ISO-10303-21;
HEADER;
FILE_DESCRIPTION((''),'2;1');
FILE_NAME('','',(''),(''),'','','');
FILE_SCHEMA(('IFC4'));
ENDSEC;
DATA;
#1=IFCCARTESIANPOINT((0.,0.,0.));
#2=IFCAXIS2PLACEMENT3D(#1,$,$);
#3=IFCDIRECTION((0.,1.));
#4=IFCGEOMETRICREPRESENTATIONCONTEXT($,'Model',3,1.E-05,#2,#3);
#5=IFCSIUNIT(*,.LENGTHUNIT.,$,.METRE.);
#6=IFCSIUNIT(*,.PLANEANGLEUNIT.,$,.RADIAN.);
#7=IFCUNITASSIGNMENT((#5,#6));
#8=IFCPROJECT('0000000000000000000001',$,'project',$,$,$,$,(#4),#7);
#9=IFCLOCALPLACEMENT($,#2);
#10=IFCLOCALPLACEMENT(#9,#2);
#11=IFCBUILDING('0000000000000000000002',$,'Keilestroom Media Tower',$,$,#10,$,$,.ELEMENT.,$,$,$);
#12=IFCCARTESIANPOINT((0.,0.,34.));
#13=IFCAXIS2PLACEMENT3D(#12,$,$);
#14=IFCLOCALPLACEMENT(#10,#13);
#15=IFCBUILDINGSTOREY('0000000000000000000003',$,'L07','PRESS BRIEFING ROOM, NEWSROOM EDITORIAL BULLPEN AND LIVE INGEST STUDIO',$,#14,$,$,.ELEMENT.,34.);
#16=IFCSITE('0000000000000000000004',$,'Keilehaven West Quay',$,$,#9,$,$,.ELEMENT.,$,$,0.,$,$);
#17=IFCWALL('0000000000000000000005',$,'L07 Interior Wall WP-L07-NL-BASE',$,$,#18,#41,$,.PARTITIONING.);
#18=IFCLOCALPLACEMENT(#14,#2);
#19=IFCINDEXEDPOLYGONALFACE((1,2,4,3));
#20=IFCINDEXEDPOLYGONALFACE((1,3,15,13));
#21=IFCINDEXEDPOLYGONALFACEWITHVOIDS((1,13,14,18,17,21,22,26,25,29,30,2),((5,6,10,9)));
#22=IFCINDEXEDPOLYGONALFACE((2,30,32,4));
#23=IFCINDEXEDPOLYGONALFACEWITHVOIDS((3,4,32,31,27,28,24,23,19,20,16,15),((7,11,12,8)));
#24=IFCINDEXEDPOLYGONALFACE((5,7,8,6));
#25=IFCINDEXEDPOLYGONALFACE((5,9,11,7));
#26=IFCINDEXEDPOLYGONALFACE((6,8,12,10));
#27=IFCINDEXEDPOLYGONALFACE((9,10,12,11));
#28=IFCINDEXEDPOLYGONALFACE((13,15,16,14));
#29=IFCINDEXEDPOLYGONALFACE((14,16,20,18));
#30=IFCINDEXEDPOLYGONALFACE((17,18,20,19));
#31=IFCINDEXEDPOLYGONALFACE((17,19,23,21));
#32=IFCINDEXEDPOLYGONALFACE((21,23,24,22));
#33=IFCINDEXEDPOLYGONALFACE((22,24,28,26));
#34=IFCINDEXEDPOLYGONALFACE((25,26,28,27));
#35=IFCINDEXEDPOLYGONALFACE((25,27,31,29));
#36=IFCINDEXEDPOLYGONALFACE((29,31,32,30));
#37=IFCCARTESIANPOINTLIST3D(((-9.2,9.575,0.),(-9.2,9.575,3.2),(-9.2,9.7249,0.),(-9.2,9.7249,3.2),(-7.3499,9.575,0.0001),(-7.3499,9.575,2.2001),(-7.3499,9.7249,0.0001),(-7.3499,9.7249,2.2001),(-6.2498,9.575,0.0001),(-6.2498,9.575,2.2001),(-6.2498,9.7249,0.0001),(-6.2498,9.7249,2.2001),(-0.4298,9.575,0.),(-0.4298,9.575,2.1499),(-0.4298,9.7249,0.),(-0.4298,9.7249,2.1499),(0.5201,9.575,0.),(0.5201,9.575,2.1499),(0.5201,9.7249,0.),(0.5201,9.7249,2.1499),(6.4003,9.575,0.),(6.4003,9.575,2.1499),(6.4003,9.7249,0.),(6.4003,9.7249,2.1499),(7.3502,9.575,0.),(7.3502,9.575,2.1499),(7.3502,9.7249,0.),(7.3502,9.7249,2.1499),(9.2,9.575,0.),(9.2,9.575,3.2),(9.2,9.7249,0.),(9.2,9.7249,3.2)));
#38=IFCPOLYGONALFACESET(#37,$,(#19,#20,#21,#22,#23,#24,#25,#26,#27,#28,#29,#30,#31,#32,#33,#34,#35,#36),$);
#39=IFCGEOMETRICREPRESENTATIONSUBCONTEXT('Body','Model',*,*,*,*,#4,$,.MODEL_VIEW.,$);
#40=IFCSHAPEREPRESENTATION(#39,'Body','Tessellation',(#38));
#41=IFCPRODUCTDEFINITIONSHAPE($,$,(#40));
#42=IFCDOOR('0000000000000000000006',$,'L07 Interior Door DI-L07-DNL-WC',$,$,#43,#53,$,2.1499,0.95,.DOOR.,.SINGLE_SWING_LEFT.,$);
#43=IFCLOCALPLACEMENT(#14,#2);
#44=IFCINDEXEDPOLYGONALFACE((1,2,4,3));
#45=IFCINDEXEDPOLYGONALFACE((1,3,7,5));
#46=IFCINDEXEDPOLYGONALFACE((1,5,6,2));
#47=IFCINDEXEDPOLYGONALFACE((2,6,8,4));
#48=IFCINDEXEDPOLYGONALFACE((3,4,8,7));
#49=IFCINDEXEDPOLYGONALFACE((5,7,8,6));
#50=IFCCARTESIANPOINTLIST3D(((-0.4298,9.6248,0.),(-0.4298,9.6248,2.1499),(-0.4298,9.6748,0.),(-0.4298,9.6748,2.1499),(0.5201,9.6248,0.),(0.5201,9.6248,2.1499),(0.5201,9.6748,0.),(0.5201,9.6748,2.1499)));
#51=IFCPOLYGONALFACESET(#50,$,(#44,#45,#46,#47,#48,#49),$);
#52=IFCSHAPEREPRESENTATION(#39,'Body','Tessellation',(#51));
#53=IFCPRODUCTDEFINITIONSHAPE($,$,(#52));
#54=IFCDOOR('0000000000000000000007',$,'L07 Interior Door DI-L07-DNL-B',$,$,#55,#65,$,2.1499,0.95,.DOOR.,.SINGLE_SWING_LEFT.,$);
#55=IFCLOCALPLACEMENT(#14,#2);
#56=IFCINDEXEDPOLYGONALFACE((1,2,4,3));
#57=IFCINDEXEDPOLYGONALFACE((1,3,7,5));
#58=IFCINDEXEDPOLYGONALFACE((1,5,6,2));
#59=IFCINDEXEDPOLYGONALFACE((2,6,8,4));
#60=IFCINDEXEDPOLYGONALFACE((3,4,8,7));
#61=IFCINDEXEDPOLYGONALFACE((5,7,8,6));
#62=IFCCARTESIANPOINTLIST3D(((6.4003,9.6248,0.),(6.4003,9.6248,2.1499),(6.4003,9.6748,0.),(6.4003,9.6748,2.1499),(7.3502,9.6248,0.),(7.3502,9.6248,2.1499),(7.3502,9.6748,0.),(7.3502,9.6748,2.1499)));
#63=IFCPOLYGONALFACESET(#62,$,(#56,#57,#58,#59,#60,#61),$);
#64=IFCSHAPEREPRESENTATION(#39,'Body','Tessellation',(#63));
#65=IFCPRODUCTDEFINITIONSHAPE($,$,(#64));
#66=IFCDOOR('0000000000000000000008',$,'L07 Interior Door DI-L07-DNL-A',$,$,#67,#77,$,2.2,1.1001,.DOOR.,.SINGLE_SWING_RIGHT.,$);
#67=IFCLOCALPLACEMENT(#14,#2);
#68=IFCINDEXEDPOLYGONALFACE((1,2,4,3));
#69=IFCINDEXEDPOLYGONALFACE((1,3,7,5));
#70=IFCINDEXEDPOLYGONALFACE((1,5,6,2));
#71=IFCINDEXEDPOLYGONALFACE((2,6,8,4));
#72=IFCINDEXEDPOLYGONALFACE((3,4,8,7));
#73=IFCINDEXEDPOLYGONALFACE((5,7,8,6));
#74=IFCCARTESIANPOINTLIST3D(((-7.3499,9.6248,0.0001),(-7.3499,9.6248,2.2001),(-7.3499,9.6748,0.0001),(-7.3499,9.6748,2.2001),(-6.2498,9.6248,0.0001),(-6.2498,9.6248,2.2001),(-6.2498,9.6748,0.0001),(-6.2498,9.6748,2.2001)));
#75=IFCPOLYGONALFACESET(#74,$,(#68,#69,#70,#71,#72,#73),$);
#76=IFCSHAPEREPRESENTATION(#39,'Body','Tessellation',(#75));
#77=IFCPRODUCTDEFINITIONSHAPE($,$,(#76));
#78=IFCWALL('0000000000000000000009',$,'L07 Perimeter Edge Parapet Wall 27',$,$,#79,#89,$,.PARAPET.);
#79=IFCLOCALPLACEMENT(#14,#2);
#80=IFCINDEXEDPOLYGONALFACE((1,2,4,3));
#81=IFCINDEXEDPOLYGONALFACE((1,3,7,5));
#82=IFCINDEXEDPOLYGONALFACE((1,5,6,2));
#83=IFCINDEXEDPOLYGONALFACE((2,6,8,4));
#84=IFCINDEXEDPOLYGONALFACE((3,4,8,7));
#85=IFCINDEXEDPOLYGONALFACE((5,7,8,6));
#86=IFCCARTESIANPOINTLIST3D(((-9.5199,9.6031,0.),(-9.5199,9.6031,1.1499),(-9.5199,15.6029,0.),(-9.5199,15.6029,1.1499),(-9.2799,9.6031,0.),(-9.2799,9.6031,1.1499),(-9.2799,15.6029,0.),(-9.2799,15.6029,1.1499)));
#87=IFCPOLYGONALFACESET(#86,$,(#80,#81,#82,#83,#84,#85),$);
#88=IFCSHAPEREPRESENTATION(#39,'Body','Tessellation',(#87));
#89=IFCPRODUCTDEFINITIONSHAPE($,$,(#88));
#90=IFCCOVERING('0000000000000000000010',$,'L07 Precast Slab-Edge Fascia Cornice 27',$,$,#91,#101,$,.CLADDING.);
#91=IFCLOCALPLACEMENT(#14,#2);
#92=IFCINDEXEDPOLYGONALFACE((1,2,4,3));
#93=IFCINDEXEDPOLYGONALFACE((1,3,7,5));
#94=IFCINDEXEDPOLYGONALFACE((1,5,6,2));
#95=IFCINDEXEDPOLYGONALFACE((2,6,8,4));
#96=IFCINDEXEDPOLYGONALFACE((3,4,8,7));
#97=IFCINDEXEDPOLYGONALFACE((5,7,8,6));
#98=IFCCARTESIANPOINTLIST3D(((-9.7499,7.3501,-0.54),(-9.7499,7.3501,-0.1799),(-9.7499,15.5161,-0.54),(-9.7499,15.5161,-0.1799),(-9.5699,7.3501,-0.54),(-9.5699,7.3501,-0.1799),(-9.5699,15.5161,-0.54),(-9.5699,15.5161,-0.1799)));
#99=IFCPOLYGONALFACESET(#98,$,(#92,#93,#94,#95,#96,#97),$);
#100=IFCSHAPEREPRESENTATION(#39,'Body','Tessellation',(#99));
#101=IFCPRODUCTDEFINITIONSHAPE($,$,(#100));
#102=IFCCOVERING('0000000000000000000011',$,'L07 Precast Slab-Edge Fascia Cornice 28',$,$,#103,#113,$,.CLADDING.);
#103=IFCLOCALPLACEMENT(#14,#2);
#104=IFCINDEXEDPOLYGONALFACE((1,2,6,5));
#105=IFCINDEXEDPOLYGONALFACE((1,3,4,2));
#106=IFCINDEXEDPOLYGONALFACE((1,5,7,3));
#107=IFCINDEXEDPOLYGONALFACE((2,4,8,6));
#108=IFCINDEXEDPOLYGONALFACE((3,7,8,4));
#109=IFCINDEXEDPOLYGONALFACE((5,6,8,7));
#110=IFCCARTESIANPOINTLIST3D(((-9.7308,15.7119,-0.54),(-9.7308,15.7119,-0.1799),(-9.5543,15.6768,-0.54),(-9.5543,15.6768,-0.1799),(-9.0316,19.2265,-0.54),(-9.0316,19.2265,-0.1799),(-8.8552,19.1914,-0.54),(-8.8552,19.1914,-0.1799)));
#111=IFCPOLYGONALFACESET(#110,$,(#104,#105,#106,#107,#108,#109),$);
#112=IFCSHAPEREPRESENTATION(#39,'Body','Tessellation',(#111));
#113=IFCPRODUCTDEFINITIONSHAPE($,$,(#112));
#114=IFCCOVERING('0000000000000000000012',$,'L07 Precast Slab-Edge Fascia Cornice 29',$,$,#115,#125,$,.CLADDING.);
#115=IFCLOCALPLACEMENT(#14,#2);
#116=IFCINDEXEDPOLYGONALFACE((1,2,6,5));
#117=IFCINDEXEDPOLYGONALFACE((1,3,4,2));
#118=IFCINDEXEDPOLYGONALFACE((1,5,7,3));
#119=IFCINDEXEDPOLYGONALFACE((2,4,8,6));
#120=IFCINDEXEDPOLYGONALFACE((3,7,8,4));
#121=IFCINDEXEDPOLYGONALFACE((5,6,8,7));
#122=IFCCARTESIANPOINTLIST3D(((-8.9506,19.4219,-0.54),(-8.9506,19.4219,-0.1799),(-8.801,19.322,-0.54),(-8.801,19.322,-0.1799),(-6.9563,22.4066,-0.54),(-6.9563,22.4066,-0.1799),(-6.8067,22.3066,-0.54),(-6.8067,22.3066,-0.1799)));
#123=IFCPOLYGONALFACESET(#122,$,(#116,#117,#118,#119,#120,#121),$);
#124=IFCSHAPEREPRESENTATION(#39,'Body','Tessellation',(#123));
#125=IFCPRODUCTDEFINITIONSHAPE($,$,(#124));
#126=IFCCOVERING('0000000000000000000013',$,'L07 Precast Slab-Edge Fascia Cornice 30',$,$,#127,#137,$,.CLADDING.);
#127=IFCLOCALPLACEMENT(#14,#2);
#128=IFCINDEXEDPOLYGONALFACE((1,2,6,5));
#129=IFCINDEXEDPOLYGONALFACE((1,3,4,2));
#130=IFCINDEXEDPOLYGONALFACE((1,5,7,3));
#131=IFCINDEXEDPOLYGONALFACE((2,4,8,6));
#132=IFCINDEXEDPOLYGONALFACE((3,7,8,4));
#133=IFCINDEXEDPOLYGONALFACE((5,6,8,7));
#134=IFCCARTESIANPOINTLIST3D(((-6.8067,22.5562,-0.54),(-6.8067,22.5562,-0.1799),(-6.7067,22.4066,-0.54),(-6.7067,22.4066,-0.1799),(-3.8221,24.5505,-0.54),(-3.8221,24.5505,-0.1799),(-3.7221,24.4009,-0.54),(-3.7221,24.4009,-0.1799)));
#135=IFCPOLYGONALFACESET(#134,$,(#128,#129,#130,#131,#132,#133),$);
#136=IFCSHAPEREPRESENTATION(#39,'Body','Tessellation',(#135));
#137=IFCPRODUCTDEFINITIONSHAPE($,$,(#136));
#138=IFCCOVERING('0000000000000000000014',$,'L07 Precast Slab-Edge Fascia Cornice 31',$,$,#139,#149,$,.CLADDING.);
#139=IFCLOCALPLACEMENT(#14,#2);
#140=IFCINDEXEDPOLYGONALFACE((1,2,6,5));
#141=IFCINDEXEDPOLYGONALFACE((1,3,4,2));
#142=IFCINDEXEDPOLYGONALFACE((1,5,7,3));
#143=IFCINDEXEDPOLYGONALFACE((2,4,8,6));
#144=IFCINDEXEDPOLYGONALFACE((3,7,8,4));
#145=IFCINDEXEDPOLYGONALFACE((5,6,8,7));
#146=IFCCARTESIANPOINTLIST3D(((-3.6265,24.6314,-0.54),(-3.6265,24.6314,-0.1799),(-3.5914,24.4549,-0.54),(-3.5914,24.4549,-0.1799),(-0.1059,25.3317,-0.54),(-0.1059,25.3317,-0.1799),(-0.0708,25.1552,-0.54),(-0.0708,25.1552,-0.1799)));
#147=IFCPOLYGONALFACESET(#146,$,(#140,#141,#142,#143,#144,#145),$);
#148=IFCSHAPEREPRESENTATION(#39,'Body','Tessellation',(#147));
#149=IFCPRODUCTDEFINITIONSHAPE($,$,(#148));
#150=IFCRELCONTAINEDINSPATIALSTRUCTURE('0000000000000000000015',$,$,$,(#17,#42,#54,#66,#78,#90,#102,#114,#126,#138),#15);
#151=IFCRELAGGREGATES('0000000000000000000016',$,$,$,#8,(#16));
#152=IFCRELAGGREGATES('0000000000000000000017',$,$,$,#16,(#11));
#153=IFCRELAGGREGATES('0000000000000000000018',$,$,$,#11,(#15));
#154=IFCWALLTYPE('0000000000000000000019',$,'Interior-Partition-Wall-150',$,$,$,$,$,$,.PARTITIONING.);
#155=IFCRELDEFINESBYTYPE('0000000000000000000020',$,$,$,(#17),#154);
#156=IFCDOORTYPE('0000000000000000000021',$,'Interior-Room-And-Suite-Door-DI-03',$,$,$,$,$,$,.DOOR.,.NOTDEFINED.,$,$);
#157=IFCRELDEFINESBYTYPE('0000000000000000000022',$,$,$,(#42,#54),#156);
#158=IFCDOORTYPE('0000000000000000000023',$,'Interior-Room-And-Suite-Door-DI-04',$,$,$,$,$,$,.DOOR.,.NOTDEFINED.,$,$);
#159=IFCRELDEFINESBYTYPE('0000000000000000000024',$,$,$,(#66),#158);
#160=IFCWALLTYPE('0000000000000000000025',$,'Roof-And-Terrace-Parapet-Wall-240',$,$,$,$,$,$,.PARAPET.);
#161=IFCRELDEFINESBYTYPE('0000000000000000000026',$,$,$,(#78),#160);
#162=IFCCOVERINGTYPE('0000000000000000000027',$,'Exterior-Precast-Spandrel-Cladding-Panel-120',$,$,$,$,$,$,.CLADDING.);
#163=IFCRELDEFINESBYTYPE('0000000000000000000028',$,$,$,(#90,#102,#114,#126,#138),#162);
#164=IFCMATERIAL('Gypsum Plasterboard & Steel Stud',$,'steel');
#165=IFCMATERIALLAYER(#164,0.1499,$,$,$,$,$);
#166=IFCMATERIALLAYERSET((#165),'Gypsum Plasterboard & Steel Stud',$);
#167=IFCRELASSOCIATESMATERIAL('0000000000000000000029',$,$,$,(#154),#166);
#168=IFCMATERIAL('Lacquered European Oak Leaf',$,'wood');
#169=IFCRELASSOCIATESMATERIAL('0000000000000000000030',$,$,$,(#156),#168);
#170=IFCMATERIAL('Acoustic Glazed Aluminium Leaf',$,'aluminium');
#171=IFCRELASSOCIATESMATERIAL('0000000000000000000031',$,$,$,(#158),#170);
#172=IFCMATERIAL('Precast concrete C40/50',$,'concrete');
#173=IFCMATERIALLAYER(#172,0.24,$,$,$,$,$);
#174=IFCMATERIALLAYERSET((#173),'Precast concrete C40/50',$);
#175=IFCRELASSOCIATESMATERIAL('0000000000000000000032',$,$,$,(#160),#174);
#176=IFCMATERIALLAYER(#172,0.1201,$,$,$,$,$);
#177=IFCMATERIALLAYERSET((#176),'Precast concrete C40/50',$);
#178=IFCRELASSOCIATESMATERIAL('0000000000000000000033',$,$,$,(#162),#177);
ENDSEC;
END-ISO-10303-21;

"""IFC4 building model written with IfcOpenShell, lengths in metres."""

from ifc_helpers import new_model, si_unit, direction, frame, frame_2d, origin, origin_2d, place, context, subcontext, project, spatial, rectangle, extrude, source, transform, mapped, material, layer, layer_set, type_object, element, fill, save


model = new_model("IFC4")

# Units and contexts
model_context = context("Model", 3, precision=1e-05, world=origin(), true_north=direction((0.0, 1.0)))
body_context = subcontext(model_context, "Body", "Model", "MODEL_VIEW")
ifc_project = project(units=[si_unit("LENGTHUNIT", "METRE"), si_unit("PLANEANGLEUNIT", "RADIAN")], contexts=[model_context])

# Site, building, storey
site_placement = place(None, origin())
site = spatial("IfcSite", under=ifc_project, at=site_placement, Name="Keilehaven West Quay", CompositionType="ELEMENT", RefElevation=0.0)
building_placement = place(site_placement, origin())
building = spatial("IfcBuilding", under=site, at=building_placement, Name="Keilestroom Media Tower", CompositionType="ELEMENT")
storey_placement = place(building_placement, frame((0.0, 0.0, 34.0)))
storey = spatial("IfcBuildingStorey", under=building, at=storey_placement, Name="L07", Description="PRESS BRIEFING ROOM, NEWSROOM EDITORIAL BULLPEN AND LIVE INGEST STUDIO", CompositionType="ELEMENT", Elevation=34.0)

# Shared definitions
ifc_material_1 = material(Name="Precast concrete C40/50", Category="concrete")
ifc_material_2 = material(Name="Gypsum Plasterboard & Steel Stud", Category="steel")

# Wall, openings, doors
ifc_layer_1 = layer(ifc_material_2, 0.1499)
ifc_layer_set_1 = layer_set([ifc_layer_1], Name="Gypsum Plasterboard & Steel Stud")
wall_type_1 = type_object("IfcWallType", Name="Interior-Partition-Wall-150", PredefinedType="PARTITIONING", material=ifc_layer_set_1)
wall_1_placement = place(storey_placement, frame((-9.2, 9.6499, 0.0), z_axis=(0.0, 0.0, 1.0), x_axis=(1.0, 0.0, 0.0)))
wall_1 = element("IfcWall", 1, at=wall_1_placement, inside=storey, type_object=wall_type_1, Name="L07 Interior Wall WP-L07-NL-BASE", PredefinedType="PARTITIONING", context=body_context, shape_type="SweptSolid", body=[
    extrude(rectangle(XDim=18.3999, YDim=0.1499, at=frame_2d((9.2, 0.0))), origin(), (0.0, 0.0, 1.0), 3.2),
])
opening_1_placement = place(wall_1_placement, frame((8.77, 0.0, 0.0)))
opening_1 = element("IfcOpeningElement", 2, at=opening_1_placement, cuts=wall_1, PredefinedType="OPENING", context=body_context, shape_type="SweptSolid", body=[
    extrude(rectangle(XDim=0.95, YDim=2.1499, at=frame_2d((0.4751, 1.075))), frame((0.0, 0.085, 0.0), z_axis=(0.0, -1.0, 0.0), x_axis=(1.0, 0.0, 0.0)), (0.0, 0.0, 1.0), 0.1699),
])
opening_2_placement = place(wall_1_placement, frame((1.8501, 0.0, 0.0)))
opening_2 = element("IfcOpeningElement", 3, at=opening_2_placement, cuts=wall_1, PredefinedType="OPENING", context=body_context, shape_type="SweptSolid", body=[
    extrude(rectangle(XDim=1.1001, YDim=2.2, at=frame_2d((0.55, 1.1001))), frame((0.0, 0.085, 0.0), z_axis=(0.0, -1.0, 0.0), x_axis=(1.0, 0.0, 0.0)), (0.0, 0.0, 1.0), 0.1699),
])
opening_3_placement = place(wall_1_placement, frame((15.6001, 0.0, 0.0)))
opening_3 = element("IfcOpeningElement", 4, at=opening_3_placement, cuts=wall_1, PredefinedType="OPENING", context=body_context, shape_type="SweptSolid", body=[
    extrude(rectangle(XDim=0.95, YDim=2.1499, at=frame_2d((0.4751, 1.075))), frame((0.0, 0.085, 0.0), z_axis=(0.0, -1.0, 0.0), x_axis=(1.0, 0.0, 0.0)), (0.0, 0.0, 1.0), 0.1699),
])
ifc_material_3 = material(Name="Lacquered European Oak Leaf", Category="wood")
door_type_1 = type_object("IfcDoorType", Name="Interior-Room-And-Suite-Door-DI-03", OperationType="NOTDEFINED", PredefinedType="DOOR", material=ifc_material_3)
shared_shape_1 = source(origin(), body_context, "Body", "SweptSolid", [
    extrude(rectangle(XDim=0.95, YDim=2.1499, at=frame_2d((0.4751, 1.075))), frame((0.0, 0.0249, 0.0), z_axis=(0.0, -1.0, 0.0), x_axis=(1.0, 0.0, 0.0)), (0.0, 0.0, 1.0), 0.05),
])
door_1_placement = place(opening_1_placement, origin())
door_1 = element("IfcDoor", 5, at=door_1_placement, inside=storey, type_object=door_type_1, Name="L07 Interior Door DI-L07-DNL-WC", OperationType="SINGLE_SWING_LEFT", OverallHeight=2.1499, OverallWidth=0.95, PredefinedType="DOOR", context=body_context, shape_type="MappedRepresentation", body=[
    mapped(shared_shape_1, transform((0.0, 0.0, 0.0), x_axis=(1.0, 0.0, 0.0), y_axis=(0.0, 1.0, 0.0), z_axis=(0.0, 0.0, 1.0), scale=1.0)),
])
fill(opening_1, door_1)
door_2_placement = place(opening_3_placement, origin())
door_2 = element("IfcDoor", 6, at=door_2_placement, inside=storey, type_object=door_type_1, Name="L07 Interior Door DI-L07-DNL-B", OperationType="SINGLE_SWING_LEFT", OverallHeight=2.1499, OverallWidth=0.95, PredefinedType="DOOR", context=body_context, shape_type="MappedRepresentation", body=[
    mapped(shared_shape_1, transform((0.0, 0.0, 0.0), x_axis=(1.0, 0.0, 0.0), y_axis=(0.0, 1.0, 0.0), z_axis=(0.0, 0.0, 1.0), scale=1.0)),
])
fill(opening_3, door_2)
ifc_material_4 = material(Name="Acoustic Glazed Aluminium Leaf", Category="aluminium")
door_type_2 = type_object("IfcDoorType", Name="Interior-Room-And-Suite-Door-DI-04", OperationType="NOTDEFINED", PredefinedType="DOOR", material=ifc_material_4)
shared_shape_2 = source(origin(), body_context, "Body", "SweptSolid", [
    extrude(rectangle(XDim=1.1001, YDim=2.2, at=frame_2d((0.55, 1.1001))), frame((0.0, 0.0249, 0.0), z_axis=(0.0, -1.0, 0.0), x_axis=(1.0, 0.0, 0.0)), (0.0, 0.0, 1.0), 0.05),
])
door_3_placement = place(opening_2_placement, origin())
door_3 = element("IfcDoor", 7, at=door_3_placement, inside=storey, type_object=door_type_2, Name="L07 Interior Door DI-L07-DNL-A", OperationType="SINGLE_SWING_RIGHT", OverallHeight=2.2, OverallWidth=1.1001, PredefinedType="DOOR", context=body_context, shape_type="MappedRepresentation", body=[
    mapped(shared_shape_2, transform((0.0, 0.0, 0.0), x_axis=(1.0, 0.0, 0.0), y_axis=(0.0, 1.0, 0.0), z_axis=(0.0, 0.0, 1.0), scale=1.0)),
])
fill(opening_2, door_3)

# Wall
ifc_layer_2 = layer(ifc_material_1, 0.24)
ifc_layer_set_2 = layer_set([ifc_layer_2], Name="Precast concrete C40/50")
wall_type_2 = type_object("IfcWallType", Name="Roof-And-Terrace-Parapet-Wall-240", PredefinedType="PARAPET", material=ifc_layer_set_2)
wall_2_placement = place(storey_placement, frame((-9.3999, 9.603, 0.0), z_axis=(0.0, 0.0, 1.0), x_axis=(0.0, 1.0, 0.0)))
element("IfcWall", 8, at=wall_2_placement, inside=storey, type_object=wall_type_2, Name="L07 Perimeter Edge Parapet Wall 27", PredefinedType="PARAPET", context=body_context, shape_type="SweptSolid", body=[
    extrude(rectangle(XDim=5.9998, YDim=0.24, at=frame_2d((3.0, 0.0))), origin(), (0.0, 0.0, 1.0), 1.1499),
])

# Coverings
ifc_layer_3 = layer(ifc_material_1, 0.1201)
ifc_layer_set_3 = layer_set([ifc_layer_3], Name="Precast concrete C40/50")
covering_type = type_object("IfcCoveringType", Name="Exterior-Precast-Spandrel-Cladding-Panel-120", PredefinedType="CLADDING", material=ifc_layer_set_3)
shared_shape_3 = source(origin(), body_context, "Body", "SweptSolid", [
    extrude(rectangle(XDim=8.166, YDim=0.1799, at=origin_2d()), origin(), (0.0, 0.0, 1.0), 0.3601),
])
covering_1_placement = place(storey_placement, frame((-9.6599, 11.4331, -0.54), z_axis=(0.0, 0.0, 1.0), x_axis=(0.0, 1.0, 0.0)))
element("IfcCovering", 9, at=covering_1_placement, inside=storey, type_object=covering_type, Name="L07 Precast Slab-Edge Fascia Cornice 27", PredefinedType="CLADDING", context=body_context, shape_type="MappedRepresentation", body=[
    mapped(shared_shape_3, transform((0.0, 0.0, 0.0), x_axis=(1.0, 0.0, 0.0), y_axis=(0.0, 1.0, 0.0), z_axis=(0.0, 0.0, 1.0), scale=1.0)),
])
shared_shape_4 = source(origin(), body_context, "Body", "SweptSolid", [
    extrude(rectangle(XDim=3.5835, YDim=0.1799, at=origin_2d()), origin(), (0.0, 0.0, 1.0), 0.3601),
])
covering_2_placement = place(storey_placement, frame((-9.293, 17.4517, -0.54), z_axis=(0.0, 0.0, 1.0), x_axis=(0.195099, 0.980784, 0.0)))
element("IfcCovering", 10, at=covering_2_placement, inside=storey, type_object=covering_type, Name="L07 Precast Slab-Edge Fascia Cornice 28", PredefinedType="CLADDING", context=body_context, shape_type="MappedRepresentation", body=[
    mapped(shared_shape_4, transform((0.0, 0.0, 0.0), x_axis=(1.0, 0.0, 0.0), y_axis=(0.0, 1.0, 0.0), z_axis=(0.0, 0.0, 1.0), scale=1.0)),
])
shared_shape_5 = source(origin(), body_context, "Body", "SweptSolid", [
    extrude(rectangle(XDim=3.5896, YDim=0.1799, at=origin_2d()), origin(), (0.0, 0.0, 1.0), 0.3601),
])
for number, where, z_axis, x_axis, name in (
    (11, (-7.8787, 20.8643, -0.54), (0.0, 0.0, 1.0), (0.555575, 0.831467, 0.0), "L07 Precast Slab-Edge Fascia Cornice 29"),
    (12, (-5.2644, 23.4785, -0.54), (0.0, 0.0, 1.0), (0.831467, 0.555575, 0.0), "L07 Precast Slab-Edge Fascia Cornice 30"),
    (13, (-1.8486, 24.8933, -0.54), (0.0, 0.0, 1.0), (0.980784, 0.195099, 0.0), "L07 Precast Slab-Edge Fascia Cornice 31"),
):
    element("IfcCovering", number, at=place(storey_placement, frame(where, z_axis=z_axis, x_axis=x_axis)), inside=storey, type_object=covering_type, Name=name, PredefinedType="CLADDING", context=body_context, shape_type="MappedRepresentation", body=[
        mapped(shared_shape_5, transform((0.0, 0.0, 0.0), x_axis=(1.0, 0.0, 0.0), y_axis=(0.0, 1.0, 0.0), z_axis=(0.0, 0.0, 1.0), scale=1.0)),
    ])

save(model, "model.ifc")
